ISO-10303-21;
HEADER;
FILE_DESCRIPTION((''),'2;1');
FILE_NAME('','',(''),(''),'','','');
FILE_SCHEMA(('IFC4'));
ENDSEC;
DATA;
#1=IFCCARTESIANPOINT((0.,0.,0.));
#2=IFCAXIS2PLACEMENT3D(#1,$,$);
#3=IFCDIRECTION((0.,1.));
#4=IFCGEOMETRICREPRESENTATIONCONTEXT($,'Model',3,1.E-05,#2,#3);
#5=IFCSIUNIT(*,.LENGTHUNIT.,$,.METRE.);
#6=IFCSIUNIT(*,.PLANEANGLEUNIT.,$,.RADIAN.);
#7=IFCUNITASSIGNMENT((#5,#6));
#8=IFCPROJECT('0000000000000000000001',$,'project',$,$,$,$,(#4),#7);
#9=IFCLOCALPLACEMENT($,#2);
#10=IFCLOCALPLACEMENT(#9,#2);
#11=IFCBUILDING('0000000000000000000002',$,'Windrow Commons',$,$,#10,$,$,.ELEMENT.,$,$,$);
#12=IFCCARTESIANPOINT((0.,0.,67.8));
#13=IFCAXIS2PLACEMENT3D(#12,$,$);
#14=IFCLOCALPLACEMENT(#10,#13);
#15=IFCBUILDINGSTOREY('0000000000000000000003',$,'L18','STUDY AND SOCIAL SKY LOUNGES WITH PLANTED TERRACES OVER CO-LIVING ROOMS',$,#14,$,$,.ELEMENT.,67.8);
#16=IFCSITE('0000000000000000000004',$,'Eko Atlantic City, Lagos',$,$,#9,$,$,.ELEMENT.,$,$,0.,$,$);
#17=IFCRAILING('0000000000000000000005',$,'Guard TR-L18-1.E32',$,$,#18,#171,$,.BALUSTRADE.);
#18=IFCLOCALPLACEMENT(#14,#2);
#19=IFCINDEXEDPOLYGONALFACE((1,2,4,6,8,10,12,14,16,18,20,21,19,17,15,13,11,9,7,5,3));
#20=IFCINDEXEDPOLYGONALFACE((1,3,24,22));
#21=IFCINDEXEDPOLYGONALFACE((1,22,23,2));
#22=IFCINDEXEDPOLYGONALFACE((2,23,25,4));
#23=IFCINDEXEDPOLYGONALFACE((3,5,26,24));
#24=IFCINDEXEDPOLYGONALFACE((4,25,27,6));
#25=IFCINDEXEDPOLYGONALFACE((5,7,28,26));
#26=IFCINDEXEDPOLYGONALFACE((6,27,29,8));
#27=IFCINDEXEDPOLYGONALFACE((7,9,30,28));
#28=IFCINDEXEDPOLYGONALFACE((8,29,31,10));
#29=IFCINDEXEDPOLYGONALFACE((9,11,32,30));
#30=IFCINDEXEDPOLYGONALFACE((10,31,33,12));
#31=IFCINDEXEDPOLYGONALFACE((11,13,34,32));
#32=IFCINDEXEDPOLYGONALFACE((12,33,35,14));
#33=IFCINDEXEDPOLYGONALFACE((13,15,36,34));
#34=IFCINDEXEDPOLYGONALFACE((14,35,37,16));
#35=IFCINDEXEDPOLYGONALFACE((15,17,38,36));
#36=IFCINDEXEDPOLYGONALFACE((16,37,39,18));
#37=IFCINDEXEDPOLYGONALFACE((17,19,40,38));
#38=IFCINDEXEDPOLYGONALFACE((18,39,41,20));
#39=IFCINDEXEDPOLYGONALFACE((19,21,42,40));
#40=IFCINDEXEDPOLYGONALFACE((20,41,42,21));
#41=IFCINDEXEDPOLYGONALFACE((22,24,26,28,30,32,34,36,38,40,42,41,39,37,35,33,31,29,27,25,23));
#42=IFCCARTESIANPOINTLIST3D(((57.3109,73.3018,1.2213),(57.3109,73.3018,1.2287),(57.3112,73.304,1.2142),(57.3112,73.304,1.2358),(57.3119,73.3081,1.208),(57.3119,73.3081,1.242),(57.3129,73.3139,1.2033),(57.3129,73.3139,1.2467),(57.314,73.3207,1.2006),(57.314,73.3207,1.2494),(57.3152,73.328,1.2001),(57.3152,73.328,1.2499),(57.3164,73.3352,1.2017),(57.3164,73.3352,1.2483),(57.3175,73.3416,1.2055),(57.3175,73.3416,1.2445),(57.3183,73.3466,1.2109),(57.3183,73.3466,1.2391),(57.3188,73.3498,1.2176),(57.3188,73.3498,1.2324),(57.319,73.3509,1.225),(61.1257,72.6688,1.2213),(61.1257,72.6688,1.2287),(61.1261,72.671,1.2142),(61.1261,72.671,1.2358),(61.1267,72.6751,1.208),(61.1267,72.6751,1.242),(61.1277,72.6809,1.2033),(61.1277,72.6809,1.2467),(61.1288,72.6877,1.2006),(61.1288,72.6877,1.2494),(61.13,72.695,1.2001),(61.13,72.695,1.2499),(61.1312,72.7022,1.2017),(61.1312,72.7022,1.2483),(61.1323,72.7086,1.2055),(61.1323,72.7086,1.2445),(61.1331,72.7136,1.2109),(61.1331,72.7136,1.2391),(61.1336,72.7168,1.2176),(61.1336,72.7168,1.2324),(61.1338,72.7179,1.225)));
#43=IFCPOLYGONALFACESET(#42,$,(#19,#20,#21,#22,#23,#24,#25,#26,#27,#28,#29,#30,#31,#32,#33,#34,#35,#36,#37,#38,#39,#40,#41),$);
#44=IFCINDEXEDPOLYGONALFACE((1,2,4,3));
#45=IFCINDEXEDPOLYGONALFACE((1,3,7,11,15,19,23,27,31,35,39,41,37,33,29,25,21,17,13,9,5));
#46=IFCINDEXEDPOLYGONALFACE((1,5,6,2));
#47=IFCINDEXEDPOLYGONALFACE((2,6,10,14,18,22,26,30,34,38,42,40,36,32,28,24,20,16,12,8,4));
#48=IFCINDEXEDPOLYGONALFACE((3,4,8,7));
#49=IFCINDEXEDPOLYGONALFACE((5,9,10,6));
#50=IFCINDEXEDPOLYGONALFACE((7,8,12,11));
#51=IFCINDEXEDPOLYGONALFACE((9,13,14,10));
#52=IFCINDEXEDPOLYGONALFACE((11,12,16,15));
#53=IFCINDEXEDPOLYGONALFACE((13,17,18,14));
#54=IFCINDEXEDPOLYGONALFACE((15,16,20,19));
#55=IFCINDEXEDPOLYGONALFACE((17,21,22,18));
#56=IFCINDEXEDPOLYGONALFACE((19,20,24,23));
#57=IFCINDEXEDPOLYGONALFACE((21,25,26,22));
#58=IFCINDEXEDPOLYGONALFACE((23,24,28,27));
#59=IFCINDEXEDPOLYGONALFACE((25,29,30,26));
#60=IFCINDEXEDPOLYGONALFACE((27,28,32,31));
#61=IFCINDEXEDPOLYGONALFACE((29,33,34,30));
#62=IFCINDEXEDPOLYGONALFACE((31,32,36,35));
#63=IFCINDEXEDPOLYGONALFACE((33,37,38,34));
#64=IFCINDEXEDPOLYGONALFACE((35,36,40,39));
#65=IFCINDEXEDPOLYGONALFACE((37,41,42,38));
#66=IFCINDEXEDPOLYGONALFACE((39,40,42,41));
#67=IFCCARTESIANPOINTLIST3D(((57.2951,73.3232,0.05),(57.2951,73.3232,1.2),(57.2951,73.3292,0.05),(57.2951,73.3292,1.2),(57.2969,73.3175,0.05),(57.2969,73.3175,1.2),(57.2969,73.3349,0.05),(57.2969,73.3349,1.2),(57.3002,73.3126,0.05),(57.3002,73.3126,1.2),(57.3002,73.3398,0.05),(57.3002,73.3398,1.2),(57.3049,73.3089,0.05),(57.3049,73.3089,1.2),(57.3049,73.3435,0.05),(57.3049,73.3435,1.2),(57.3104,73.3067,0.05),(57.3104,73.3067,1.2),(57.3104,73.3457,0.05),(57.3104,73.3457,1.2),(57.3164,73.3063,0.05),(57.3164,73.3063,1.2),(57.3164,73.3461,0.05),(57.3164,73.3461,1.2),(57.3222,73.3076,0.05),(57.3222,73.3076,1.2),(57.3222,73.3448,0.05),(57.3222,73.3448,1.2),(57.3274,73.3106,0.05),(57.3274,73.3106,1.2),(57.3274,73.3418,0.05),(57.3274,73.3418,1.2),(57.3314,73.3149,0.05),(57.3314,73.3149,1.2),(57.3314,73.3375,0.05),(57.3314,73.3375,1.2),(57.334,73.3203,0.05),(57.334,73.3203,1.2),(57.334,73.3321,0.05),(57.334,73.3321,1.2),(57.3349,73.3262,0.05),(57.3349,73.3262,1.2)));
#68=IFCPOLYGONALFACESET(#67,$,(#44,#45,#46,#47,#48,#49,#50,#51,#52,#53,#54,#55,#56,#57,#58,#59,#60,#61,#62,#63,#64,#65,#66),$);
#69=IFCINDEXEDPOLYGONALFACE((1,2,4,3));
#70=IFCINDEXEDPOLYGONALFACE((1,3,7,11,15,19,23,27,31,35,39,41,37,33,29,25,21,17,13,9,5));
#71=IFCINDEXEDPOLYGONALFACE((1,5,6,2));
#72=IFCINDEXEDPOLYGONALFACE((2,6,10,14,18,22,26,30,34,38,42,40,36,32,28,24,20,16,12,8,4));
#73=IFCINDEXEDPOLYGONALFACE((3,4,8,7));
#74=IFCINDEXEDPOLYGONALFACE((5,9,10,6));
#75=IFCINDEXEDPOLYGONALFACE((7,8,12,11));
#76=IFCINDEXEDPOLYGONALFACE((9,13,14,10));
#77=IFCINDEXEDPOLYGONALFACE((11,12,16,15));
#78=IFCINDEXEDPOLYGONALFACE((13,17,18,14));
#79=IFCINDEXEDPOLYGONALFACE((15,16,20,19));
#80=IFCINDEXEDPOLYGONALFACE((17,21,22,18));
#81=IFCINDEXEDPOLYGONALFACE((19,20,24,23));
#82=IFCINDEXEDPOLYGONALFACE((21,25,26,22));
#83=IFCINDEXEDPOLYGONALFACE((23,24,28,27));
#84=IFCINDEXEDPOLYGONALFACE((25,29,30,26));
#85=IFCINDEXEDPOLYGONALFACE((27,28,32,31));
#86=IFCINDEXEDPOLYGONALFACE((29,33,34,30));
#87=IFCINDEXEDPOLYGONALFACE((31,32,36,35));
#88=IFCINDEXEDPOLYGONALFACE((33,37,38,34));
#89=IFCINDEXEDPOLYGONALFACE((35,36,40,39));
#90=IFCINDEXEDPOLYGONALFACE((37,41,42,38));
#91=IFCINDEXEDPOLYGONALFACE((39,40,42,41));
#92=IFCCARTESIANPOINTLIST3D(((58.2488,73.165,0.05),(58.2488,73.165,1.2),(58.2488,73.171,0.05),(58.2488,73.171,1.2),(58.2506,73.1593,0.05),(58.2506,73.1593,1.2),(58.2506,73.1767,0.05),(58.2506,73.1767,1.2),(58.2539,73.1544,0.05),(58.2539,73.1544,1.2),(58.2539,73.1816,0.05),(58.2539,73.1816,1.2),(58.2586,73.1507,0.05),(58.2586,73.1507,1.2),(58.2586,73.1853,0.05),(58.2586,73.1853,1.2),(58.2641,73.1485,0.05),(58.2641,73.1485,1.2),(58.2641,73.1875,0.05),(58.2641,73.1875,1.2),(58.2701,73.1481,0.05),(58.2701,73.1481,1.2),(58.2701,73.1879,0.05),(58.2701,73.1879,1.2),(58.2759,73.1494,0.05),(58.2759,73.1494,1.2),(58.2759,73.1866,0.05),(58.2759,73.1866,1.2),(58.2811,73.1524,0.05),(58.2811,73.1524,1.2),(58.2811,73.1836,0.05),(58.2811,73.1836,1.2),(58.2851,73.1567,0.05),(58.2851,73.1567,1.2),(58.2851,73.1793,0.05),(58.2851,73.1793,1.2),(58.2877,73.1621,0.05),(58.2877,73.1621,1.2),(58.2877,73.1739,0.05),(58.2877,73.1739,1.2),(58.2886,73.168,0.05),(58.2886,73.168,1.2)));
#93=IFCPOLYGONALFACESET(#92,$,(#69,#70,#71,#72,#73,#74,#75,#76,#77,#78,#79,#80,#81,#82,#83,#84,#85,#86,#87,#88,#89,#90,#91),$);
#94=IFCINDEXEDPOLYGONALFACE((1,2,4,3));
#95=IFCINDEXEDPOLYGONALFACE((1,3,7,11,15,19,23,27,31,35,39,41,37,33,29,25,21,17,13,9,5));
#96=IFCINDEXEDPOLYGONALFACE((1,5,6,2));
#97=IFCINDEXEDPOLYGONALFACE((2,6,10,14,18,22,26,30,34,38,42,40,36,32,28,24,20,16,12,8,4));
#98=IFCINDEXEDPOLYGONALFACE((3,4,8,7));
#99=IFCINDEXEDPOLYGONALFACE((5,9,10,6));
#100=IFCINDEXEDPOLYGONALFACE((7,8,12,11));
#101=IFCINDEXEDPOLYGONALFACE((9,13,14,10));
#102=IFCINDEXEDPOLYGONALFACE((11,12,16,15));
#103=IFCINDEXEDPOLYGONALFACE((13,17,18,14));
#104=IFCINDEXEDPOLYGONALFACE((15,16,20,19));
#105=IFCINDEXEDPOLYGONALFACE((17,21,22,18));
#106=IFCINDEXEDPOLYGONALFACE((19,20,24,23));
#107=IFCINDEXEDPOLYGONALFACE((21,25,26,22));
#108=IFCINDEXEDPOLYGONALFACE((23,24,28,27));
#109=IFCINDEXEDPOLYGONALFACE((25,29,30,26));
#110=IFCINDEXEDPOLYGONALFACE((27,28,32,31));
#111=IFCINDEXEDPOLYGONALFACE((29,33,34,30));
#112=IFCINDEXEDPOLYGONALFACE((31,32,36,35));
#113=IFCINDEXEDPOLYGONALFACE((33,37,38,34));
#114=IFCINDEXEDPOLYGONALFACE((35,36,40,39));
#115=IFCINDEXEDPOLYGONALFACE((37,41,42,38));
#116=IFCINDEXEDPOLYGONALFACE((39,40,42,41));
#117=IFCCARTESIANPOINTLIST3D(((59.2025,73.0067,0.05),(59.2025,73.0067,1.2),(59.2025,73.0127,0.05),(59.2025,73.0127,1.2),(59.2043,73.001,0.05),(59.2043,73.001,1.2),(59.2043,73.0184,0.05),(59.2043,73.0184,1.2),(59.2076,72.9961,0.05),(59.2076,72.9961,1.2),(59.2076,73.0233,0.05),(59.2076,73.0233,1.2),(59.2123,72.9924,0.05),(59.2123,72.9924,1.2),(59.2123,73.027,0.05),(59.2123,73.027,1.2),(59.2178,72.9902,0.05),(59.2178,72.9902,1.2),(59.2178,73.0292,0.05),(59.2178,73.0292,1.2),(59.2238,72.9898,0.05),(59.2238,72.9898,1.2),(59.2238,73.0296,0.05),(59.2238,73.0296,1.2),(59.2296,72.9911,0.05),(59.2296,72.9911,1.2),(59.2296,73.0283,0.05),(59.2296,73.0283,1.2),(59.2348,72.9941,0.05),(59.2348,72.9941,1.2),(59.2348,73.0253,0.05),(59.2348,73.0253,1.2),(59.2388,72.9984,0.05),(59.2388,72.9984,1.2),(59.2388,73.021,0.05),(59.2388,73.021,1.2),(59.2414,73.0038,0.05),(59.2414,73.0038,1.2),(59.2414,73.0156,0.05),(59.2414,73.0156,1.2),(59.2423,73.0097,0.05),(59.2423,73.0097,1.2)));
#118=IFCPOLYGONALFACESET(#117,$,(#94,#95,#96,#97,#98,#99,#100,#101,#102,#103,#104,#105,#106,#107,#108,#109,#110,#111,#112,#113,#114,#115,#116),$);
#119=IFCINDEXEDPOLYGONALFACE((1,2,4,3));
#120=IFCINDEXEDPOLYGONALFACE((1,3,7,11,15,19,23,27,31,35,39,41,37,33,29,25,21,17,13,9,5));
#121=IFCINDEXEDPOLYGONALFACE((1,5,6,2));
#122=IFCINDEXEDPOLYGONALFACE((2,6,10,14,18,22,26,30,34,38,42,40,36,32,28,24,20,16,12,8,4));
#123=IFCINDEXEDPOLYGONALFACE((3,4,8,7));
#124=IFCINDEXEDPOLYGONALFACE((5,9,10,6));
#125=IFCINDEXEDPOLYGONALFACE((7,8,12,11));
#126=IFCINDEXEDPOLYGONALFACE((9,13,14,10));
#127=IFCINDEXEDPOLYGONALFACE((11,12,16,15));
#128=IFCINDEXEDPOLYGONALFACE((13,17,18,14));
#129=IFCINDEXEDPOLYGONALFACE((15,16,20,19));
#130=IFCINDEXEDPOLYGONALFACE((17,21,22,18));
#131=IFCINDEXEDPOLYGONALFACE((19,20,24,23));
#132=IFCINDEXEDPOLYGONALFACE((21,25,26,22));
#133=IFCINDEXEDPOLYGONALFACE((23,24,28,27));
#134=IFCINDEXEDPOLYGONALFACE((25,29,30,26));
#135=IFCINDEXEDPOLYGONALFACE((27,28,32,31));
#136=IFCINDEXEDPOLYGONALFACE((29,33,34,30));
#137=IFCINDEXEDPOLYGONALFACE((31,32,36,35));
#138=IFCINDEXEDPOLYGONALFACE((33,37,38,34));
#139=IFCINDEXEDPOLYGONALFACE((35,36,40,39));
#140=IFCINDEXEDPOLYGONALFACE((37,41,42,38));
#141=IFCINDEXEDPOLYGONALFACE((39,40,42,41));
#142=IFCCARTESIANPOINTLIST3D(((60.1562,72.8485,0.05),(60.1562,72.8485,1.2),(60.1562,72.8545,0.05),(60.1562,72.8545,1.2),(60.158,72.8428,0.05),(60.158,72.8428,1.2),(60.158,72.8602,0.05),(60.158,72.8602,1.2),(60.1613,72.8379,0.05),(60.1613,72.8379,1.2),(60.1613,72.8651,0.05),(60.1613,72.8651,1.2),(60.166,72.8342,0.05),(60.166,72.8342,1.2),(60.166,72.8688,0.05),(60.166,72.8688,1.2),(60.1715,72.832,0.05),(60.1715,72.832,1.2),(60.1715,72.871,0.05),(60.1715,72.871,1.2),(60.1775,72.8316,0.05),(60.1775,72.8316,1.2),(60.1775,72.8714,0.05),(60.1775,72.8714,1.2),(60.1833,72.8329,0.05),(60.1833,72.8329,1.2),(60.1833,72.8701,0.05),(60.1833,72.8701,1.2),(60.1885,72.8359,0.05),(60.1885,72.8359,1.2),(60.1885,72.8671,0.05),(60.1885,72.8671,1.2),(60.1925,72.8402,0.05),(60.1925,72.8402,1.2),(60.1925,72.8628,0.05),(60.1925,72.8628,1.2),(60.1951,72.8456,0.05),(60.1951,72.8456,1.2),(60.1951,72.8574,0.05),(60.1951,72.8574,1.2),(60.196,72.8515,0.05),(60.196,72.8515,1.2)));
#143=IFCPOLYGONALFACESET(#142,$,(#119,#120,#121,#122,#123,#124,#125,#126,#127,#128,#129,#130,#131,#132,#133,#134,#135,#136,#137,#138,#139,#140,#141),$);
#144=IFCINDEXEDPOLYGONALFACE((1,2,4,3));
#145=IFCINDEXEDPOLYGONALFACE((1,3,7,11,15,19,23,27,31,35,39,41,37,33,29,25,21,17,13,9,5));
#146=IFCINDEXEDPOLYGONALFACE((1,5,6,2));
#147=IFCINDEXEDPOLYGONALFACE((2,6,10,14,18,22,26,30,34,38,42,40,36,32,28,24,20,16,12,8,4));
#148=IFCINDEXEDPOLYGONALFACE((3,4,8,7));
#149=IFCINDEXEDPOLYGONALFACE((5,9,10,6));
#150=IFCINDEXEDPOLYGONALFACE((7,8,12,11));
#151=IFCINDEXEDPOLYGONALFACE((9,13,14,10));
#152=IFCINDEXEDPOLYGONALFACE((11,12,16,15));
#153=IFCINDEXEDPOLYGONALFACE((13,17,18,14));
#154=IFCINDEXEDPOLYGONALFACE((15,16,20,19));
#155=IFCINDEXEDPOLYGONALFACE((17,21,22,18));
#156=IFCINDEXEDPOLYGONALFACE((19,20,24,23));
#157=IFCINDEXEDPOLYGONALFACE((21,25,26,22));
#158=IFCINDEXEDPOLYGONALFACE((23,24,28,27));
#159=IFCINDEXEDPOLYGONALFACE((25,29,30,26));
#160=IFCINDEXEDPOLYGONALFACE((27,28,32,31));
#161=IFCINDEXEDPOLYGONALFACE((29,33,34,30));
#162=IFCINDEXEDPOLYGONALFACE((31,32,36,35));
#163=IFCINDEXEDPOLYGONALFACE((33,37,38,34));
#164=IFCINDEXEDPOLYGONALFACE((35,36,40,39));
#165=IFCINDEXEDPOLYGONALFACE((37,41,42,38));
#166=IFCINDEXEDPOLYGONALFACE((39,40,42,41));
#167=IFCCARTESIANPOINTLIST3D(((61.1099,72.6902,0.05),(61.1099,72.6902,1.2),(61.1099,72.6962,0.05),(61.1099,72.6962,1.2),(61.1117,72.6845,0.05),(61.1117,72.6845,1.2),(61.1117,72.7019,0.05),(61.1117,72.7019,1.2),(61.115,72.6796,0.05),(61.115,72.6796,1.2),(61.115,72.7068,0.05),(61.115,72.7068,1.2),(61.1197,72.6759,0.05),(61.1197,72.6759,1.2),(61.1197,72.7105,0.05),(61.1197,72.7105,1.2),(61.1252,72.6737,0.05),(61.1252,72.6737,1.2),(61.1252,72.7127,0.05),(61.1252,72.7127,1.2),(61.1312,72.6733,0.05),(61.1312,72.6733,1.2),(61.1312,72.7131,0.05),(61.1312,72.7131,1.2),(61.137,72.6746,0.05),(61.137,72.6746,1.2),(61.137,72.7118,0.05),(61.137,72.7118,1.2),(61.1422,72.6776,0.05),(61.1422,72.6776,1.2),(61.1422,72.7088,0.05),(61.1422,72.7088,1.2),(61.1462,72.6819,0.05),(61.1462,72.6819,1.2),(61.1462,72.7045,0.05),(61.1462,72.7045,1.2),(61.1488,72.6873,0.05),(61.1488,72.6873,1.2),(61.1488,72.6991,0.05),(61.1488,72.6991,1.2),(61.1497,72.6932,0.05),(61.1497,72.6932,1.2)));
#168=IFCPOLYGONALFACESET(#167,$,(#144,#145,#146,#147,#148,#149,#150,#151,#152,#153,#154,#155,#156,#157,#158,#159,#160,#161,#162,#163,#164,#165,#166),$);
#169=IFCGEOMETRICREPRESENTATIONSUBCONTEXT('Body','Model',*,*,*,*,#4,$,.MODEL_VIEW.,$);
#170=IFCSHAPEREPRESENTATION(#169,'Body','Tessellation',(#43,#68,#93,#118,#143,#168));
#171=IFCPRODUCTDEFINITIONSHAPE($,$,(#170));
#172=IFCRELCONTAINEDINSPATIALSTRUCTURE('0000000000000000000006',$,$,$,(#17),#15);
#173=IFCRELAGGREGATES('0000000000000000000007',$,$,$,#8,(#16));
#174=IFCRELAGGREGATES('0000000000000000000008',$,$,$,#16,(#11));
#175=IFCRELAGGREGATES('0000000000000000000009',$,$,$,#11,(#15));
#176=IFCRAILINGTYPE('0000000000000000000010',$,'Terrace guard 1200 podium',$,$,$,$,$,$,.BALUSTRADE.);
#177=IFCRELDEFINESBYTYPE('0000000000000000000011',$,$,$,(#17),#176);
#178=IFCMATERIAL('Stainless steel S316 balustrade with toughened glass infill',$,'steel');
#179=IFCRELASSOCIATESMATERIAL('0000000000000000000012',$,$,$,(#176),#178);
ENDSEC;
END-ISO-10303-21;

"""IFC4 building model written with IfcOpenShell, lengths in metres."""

from ifc_helpers import new_model, si_unit, direction, frame, origin, origin_2d, place, context, subcontext, project, spatial, circle, extrude, material, type_object, element, save


model = new_model("IFC4")

# Units and contexts
model_context = context("Model", 3, precision=1e-05, world=origin(), true_north=direction((0.0, 1.0)))
body_context = subcontext(model_context, "Body", "Model", "MODEL_VIEW")
ifc_project = project(units=[si_unit("LENGTHUNIT", "METRE"), si_unit("PLANEANGLEUNIT", "RADIAN")], contexts=[model_context])

# Site, building, storey
site_placement = place(None, origin())
site = spatial("IfcSite", under=ifc_project, at=site_placement, Name="Eko Atlantic City, Lagos", CompositionType="ELEMENT", RefElevation=0.0)
building_placement = place(site_placement, origin())
building = spatial("IfcBuilding", under=site, at=building_placement, Name="Windrow Commons", CompositionType="ELEMENT")
storey_placement = place(building_placement, frame((0.0, 0.0, 67.8)))
storey = spatial("IfcBuildingStorey", under=building, at=storey_placement, Name="L18", Description="STUDY AND SOCIAL SKY LOUNGES WITH PLANTED TERRACES OVER CO-LIVING ROOMS", CompositionType="ELEMENT", Elevation=67.8)

# Railing
ifc_material_1 = material(Name="Stainless steel S316 balustrade with toughened glass infill", Category="steel")
railing_type_1 = type_object("IfcRailingType", Name="Terrace guard 1200 podium", PredefinedType="BALUSTRADE", material=ifc_material_1)
railing_1_placement = place(storey_placement, frame((57.3149, 73.3262, 0.05)))
element("IfcRailing", 1, at=railing_1_placement, inside=storey, type_object=railing_type_1, Name="Guard TR-L18-1.E32", PredefinedType="BALUSTRADE", context=body_context, shape_type="SweptSolid", body=[
    extrude(circle(Radius=0.025, at=origin_2d()), frame((0.0, 0.0, 1.175), z_axis=(0.986511, -0.163694, 0.0), x_axis=(0.163694, 0.986511, 0.0)), (0.0, 0.0, 1.0), 3.867),
    extrude(circle(Radius=0.02, at=origin_2d()), origin(), (0.0, 0.0, 1.0), 1.15),
    extrude(circle(Radius=0.02, at=origin_2d()), frame((0.9537, -0.1582, 0.0)), (0.0, 0.0, 1.0), 1.15),
    extrude(circle(Radius=0.02, at=origin_2d()), frame((1.9074, -0.3165, 0.0)), (0.0, 0.0, 1.0), 1.15),
    extrude(circle(Radius=0.02, at=origin_2d()), frame((2.8611, -0.4747, 0.0)), (0.0, 0.0, 1.0), 1.15),
    extrude(circle(Radius=0.02, at=origin_2d()), frame((3.8148, -0.633, 0.0)), (0.0, 0.0, 1.0), 1.15),
])

save(model, "model.ifc")
